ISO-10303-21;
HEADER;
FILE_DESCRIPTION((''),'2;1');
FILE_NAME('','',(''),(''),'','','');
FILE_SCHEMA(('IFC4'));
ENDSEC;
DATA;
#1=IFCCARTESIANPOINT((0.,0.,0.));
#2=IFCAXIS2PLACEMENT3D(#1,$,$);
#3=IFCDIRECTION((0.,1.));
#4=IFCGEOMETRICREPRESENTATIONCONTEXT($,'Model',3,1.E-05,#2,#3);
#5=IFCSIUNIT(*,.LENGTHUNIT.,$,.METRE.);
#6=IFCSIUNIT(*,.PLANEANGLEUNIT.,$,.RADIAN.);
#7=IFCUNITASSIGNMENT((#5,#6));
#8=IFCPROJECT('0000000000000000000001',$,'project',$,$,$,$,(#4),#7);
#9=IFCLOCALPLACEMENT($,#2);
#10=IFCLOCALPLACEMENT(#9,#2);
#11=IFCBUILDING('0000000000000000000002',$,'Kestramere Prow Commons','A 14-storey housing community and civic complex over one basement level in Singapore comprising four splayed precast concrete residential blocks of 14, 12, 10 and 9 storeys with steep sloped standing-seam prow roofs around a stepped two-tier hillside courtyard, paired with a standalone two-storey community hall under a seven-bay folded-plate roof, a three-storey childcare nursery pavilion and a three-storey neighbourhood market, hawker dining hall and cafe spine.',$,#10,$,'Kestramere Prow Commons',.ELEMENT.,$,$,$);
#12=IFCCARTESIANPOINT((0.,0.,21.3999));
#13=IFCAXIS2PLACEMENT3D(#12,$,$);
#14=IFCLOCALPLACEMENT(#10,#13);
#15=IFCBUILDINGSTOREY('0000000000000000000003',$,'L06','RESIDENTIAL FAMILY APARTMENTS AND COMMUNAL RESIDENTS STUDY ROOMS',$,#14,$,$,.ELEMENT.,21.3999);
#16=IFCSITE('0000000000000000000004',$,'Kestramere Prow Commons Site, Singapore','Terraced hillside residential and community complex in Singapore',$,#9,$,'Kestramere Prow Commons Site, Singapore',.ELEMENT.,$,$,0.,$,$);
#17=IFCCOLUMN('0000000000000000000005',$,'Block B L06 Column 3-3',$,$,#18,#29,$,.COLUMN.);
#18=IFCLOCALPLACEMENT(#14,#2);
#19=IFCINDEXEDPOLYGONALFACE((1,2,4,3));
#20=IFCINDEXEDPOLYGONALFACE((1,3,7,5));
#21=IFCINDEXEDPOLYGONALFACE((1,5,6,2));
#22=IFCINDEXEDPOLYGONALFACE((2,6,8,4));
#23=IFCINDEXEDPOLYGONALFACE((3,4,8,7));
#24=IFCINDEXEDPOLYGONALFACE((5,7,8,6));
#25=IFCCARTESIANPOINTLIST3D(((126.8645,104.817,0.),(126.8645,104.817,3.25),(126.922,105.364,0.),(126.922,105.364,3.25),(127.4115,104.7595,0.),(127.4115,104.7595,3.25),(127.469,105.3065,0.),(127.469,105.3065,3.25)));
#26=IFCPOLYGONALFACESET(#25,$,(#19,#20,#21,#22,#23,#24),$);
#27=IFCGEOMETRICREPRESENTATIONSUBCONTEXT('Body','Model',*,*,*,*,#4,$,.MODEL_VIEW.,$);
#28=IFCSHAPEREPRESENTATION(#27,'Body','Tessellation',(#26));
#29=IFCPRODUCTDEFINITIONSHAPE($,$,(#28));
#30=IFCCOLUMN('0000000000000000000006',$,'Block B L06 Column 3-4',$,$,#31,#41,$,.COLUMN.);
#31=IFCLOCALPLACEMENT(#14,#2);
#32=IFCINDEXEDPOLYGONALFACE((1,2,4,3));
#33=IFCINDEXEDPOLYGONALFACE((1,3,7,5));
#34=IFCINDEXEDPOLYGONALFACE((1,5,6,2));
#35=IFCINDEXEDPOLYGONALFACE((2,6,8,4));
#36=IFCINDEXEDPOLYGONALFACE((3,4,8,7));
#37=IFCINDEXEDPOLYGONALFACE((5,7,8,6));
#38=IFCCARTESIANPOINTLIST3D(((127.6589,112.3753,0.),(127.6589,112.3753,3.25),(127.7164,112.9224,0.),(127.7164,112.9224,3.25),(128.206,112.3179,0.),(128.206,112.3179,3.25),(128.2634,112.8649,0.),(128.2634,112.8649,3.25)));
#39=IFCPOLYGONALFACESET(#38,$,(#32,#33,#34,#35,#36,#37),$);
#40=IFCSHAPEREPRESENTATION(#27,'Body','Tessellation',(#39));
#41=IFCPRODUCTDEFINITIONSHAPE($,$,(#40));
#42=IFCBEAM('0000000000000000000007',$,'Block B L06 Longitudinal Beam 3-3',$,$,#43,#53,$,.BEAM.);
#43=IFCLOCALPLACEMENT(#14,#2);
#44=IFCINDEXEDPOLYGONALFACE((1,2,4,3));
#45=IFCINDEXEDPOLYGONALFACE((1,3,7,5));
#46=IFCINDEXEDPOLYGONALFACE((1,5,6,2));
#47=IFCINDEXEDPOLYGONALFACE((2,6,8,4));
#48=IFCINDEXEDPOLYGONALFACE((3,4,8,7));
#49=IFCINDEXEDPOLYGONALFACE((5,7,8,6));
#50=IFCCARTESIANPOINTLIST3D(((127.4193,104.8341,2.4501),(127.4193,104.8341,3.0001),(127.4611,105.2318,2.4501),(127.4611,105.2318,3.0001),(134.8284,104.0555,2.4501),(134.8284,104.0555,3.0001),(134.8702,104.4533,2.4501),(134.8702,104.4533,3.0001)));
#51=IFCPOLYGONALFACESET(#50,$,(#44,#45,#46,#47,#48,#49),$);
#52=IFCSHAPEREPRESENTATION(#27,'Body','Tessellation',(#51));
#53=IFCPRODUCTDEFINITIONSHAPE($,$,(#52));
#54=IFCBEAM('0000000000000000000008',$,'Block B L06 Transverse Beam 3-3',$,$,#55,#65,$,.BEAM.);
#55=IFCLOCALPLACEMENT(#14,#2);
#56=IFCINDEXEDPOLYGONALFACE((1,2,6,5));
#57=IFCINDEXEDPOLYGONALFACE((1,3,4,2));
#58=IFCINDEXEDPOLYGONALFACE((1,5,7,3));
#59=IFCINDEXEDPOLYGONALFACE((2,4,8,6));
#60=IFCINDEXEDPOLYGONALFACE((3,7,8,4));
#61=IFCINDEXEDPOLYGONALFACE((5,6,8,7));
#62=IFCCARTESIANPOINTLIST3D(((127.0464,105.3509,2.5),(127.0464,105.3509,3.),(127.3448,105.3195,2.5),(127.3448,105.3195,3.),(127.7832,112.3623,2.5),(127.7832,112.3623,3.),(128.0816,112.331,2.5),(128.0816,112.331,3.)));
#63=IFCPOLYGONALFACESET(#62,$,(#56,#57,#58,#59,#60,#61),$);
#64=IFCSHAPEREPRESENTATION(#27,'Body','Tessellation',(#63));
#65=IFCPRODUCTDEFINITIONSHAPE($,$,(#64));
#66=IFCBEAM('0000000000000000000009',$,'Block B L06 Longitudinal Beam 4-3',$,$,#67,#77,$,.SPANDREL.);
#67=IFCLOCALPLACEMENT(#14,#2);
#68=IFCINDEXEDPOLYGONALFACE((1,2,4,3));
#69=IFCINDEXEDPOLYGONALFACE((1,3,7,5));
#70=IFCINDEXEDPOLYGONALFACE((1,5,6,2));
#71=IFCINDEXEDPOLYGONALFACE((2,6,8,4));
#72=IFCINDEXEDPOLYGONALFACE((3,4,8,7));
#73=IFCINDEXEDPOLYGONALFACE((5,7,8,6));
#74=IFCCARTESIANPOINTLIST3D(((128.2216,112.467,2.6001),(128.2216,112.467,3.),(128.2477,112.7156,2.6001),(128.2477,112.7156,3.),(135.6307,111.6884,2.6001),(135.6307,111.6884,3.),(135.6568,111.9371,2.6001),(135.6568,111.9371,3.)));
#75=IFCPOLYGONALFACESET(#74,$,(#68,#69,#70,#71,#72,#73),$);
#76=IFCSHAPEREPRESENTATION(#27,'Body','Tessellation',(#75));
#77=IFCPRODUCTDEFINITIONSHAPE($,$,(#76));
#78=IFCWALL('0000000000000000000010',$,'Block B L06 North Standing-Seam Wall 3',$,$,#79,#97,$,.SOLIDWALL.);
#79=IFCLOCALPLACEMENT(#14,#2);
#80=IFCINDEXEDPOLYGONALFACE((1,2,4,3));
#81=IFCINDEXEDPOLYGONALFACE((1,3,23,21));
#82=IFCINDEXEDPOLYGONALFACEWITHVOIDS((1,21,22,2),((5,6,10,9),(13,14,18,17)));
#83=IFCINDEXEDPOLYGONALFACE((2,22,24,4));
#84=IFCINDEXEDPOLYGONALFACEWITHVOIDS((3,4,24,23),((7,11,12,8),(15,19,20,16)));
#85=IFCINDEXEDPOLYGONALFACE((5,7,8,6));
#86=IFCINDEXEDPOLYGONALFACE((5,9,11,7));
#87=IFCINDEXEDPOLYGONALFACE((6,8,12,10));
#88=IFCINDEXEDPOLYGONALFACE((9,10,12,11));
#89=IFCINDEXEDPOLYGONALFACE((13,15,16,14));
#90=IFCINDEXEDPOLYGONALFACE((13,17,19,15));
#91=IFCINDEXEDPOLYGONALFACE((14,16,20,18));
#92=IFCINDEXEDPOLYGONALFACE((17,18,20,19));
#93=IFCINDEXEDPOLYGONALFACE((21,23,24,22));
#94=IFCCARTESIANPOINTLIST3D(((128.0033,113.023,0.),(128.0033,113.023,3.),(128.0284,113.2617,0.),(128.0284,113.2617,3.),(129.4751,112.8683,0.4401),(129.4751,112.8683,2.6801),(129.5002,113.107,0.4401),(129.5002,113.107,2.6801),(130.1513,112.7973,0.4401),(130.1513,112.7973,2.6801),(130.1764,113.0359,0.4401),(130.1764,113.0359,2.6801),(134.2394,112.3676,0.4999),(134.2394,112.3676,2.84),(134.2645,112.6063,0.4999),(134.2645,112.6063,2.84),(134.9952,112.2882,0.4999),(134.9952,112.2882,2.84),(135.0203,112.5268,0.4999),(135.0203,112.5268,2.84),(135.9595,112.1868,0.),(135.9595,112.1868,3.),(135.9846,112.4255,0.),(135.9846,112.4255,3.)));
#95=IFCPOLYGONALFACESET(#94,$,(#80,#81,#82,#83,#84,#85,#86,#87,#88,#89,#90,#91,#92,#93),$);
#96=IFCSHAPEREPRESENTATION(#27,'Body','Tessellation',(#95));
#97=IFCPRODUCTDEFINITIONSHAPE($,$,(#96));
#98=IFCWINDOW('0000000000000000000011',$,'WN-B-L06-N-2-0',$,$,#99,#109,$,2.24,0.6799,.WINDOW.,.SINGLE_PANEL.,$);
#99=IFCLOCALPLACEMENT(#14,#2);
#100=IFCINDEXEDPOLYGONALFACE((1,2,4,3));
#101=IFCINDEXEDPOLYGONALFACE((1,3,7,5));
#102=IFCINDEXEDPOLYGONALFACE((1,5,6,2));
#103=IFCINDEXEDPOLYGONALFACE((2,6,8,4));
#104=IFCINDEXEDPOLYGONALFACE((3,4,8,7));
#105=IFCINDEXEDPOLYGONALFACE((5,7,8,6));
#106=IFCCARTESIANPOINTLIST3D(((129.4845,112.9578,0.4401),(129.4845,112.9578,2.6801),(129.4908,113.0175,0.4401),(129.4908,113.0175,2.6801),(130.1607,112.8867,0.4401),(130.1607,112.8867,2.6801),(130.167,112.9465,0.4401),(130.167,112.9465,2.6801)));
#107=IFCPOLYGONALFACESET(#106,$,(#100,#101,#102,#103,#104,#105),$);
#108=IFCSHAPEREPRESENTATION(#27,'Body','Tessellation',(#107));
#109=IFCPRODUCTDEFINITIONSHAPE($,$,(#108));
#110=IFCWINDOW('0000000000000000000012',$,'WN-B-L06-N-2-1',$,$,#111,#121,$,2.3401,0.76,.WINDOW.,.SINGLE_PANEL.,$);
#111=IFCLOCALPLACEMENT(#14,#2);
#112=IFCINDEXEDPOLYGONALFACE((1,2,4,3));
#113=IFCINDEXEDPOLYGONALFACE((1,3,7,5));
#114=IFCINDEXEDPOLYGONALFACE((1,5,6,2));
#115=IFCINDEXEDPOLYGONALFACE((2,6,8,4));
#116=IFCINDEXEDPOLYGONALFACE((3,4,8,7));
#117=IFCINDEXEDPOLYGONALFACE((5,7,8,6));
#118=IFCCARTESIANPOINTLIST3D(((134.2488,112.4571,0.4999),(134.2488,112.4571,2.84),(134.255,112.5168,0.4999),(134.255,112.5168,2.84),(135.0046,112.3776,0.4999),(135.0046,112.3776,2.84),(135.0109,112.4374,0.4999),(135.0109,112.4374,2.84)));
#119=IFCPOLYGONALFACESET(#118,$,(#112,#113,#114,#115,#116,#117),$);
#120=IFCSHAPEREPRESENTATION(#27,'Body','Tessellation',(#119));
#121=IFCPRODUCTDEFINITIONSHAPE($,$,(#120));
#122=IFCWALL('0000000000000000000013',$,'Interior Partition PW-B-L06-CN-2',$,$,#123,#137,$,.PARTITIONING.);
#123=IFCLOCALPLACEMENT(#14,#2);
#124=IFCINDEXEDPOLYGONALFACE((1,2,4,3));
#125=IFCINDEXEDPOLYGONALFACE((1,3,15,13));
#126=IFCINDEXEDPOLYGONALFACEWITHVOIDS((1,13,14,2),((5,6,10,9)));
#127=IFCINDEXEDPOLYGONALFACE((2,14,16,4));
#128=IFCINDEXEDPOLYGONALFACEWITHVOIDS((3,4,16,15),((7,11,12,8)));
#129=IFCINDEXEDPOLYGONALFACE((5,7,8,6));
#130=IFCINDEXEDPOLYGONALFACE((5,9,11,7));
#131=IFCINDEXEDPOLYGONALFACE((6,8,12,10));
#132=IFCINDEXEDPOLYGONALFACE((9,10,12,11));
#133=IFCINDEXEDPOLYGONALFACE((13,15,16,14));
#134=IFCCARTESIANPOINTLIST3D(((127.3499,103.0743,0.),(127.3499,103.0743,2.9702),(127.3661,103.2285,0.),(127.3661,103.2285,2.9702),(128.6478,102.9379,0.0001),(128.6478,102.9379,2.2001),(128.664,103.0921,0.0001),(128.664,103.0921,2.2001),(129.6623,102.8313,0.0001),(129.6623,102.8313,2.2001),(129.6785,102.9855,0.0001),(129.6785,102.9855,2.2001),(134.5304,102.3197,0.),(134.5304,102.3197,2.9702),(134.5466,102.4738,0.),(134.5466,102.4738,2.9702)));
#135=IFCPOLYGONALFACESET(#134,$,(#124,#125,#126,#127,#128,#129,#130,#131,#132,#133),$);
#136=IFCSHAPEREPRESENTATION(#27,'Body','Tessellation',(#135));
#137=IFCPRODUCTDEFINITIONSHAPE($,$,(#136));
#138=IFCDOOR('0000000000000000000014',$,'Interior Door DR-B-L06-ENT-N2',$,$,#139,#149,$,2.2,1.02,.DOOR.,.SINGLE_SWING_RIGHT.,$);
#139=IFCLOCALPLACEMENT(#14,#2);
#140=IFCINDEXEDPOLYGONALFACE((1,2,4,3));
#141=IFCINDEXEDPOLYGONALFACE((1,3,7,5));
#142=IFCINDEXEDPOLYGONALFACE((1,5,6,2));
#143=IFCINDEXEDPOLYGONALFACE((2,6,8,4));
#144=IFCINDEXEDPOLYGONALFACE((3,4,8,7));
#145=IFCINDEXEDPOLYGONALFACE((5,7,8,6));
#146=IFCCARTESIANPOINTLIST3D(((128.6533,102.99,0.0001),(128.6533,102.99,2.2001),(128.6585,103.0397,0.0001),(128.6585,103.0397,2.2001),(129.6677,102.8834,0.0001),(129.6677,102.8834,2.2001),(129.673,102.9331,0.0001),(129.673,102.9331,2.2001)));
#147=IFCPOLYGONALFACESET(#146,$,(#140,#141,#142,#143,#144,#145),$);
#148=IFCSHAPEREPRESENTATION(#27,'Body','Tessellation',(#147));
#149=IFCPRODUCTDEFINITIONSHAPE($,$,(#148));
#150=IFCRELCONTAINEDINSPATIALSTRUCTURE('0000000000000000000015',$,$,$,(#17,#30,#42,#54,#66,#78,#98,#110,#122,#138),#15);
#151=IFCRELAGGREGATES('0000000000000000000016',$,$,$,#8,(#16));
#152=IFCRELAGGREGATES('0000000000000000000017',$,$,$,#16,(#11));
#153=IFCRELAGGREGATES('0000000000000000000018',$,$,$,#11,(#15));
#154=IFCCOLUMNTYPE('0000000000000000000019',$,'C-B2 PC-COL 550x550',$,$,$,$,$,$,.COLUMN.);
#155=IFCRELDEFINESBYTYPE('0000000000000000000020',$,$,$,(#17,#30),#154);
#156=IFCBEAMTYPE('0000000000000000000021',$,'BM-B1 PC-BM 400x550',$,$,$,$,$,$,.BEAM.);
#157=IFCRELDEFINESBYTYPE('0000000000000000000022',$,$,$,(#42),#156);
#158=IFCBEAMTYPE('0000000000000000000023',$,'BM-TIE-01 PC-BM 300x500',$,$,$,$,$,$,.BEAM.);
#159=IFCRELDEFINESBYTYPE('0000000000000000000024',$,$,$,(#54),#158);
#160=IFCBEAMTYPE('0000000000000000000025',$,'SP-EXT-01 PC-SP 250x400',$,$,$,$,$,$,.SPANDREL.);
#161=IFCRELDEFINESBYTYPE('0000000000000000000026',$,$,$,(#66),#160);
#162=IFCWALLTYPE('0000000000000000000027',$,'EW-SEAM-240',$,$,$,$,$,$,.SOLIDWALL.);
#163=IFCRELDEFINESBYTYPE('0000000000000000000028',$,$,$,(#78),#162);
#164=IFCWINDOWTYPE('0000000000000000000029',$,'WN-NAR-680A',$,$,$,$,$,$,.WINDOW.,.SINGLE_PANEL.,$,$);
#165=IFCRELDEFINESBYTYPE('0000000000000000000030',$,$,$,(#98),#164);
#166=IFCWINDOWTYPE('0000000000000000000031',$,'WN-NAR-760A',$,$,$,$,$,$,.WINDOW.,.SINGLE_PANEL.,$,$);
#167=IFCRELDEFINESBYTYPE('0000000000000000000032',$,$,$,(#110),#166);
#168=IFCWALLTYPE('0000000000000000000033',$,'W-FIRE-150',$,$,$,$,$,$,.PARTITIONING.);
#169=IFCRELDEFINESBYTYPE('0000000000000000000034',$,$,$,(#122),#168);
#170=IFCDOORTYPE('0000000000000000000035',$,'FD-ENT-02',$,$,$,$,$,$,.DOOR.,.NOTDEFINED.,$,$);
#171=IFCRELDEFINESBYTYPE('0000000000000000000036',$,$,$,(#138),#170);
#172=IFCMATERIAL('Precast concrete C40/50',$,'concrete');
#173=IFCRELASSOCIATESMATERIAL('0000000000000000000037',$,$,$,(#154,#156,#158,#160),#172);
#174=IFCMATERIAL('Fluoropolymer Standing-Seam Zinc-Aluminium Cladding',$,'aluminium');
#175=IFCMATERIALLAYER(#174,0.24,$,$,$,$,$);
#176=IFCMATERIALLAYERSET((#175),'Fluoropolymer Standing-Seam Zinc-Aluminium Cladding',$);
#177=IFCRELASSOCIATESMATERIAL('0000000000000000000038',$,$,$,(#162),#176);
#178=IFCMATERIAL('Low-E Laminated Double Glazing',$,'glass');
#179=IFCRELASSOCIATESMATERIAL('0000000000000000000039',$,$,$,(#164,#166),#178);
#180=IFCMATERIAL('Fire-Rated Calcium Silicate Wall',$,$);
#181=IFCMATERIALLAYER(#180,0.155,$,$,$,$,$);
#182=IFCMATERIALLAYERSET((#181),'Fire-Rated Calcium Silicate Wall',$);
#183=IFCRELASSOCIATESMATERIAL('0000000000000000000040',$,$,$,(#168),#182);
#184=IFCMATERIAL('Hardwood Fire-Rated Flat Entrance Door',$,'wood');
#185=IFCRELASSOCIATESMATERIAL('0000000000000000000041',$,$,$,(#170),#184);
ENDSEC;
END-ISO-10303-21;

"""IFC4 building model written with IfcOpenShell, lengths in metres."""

from ifc_helpers import new_model, si_unit, direction, frame, frame_2d, origin, origin_2d, place, context, subcontext, project, spatial, rectangle, extrude, material, layer, layer_set, material_profile, profile_set, type_object, element, fill, save


model = new_model("IFC4")

# Units and contexts
model_context = context("Model", 3, precision=1e-05, world=origin(), true_north=direction((0.0, 1.0)))
body_context = subcontext(model_context, "Body", "Model", "MODEL_VIEW")
ifc_project = project(units=[si_unit("LENGTHUNIT", "METRE"), si_unit("PLANEANGLEUNIT", "RADIAN")], contexts=[model_context])

# Site, building, storey
site_placement = place(None, origin())
site = spatial("IfcSite", under=ifc_project, at=site_placement, Name="Kestramere Prow Commons Site, Singapore", Description="Terraced hillside residential and community complex in Singapore", LongName="Kestramere Prow Commons Site, Singapore", CompositionType="ELEMENT", RefElevation=0.0)
building_placement = place(site_placement, origin())
building = spatial("IfcBuilding", under=site, at=building_placement, Name="Kestramere Prow Commons", Description="A 14-storey housing community and civic complex over one basement level in Singapore comprising four splayed precast concrete residential blocks of 14, 12, 10 and 9 storeys with steep sloped standing-seam prow roofs around a stepped two-tier hillside courtyard, paired with a standalone two-storey community hall under a seven-bay folded-plate roof, a three-storey childcare nursery pavilion and a three-storey neighbourhood market, hawker dining hall and cafe spine.", LongName="Kestramere Prow Commons", CompositionType="ELEMENT")
storey_placement = place(building_placement, frame((0.0, 0.0, 21.3999)))
storey = spatial("IfcBuildingStorey", under=building, at=storey_placement, Name="L06", Description="RESIDENTIAL FAMILY APARTMENTS AND COMMUNAL RESIDENTS STUDY ROOMS", CompositionType="ELEMENT", Elevation=21.3999)

# Columns
ifc_material_1 = material(Name="Precast concrete C40/50", Category="concrete")
ifc_material_profile_1 = material_profile(ifc_material_1, rectangle(XDim=0.55, YDim=0.55, at=origin_2d()), Name="PC-COL 550x550")
ifc_profile_set_1 = profile_set([ifc_material_profile_1], Name="Precast concrete C40/50")
column_type = type_object("IfcColumnType", Name="C-B2 PC-COL 550x550", PredefinedType="COLUMN", material=ifc_profile_set_1)
for number, where, z_axis, x_axis, name in (
    (1, (127.1667, 105.0618, 0.0), (0.0, 0.0, 1.0), (0.994522, -0.104528, 0.0), "Block B L06 Column 3-3"),
    (2, (127.9612, 112.6201, 0.0), (0.0, 0.0, 1.0), (0.994522, -0.104528, 0.0), "Block B L06 Column 3-4"),
):
    element("IfcColumn", number, at=place(storey_placement, frame(where, z_axis=z_axis, x_axis=x_axis)), inside=storey, type_object=column_type, Name=name, PredefinedType="COLUMN", context=body_context, shape_type="SweptSolid", body=[
        extrude(rectangle(XDim=0.55, YDim=0.55, at=origin_2d()), origin(), (0.0, 0.0, 1.0), 3.25),
    ])

# Beams
ifc_material_profile_2 = material_profile(ifc_material_1, rectangle(XDim=0.3999, YDim=0.55, at=origin_2d()), Name="PC-BM 400x550")
ifc_profile_set_2 = profile_set([ifc_material_profile_2], Name="Precast concrete C40/50")
beam_type_1 = type_object("IfcBeamType", Name="BM-B1 PC-BM 400x550", PredefinedType="BEAM", material=ifc_profile_set_2)
beam_1_placement = place(storey_placement, frame((127.4402, 105.033, 2.7251), z_axis=(0.994524, -0.104506, 0.0), x_axis=(0.104506, 0.994524, 0.0)))
element("IfcBeam", 3, at=beam_1_placement, inside=storey, type_object=beam_type_1, Name="Block B L06 Longitudinal Beam 3-3", PredefinedType="BEAM", context=body_context, shape_type="SweptSolid", body=[
    extrude(rectangle(XDim=0.3999, YDim=0.55, at=origin_2d()), origin(), (0.0, 0.0, 1.0), 7.45),
])
ifc_material_profile_3 = material_profile(ifc_material_1, rectangle(XDim=0.3, YDim=0.5, at=origin_2d()), Name="PC-BM 300x500")
ifc_profile_set_3 = profile_set([ifc_material_profile_3], Name="Precast concrete C40/50")
beam_type_2 = type_object("IfcBeamType", Name="BM-TIE-01 PC-BM 300x500", PredefinedType="BEAM", material=ifc_profile_set_3)
beam_2_placement = place(storey_placement, frame((127.1956, 105.3352, 2.75), z_axis=(0.104512, 0.994524, 0.0), x_axis=(-0.994524, 0.104512, 0.0)))
element("IfcBeam", 4, at=beam_2_placement, inside=storey, type_object=beam_type_2, Name="Block B L06 Transverse Beam 3-3", PredefinedType="BEAM", context=body_context, shape_type="SweptSolid", body=[
    extrude(rectangle(XDim=0.3, YDim=0.5, at=origin_2d()), origin(), (0.0, 0.0, 1.0), 7.05),
])
ifc_material_profile_4 = material_profile(ifc_material_1, rectangle(XDim=0.25, YDim=0.3999, at=origin_2d()), Name="PC-SP 250x400")
ifc_profile_set_4 = profile_set([ifc_material_profile_4], Name="Precast concrete C40/50")
beam_type_3 = type_object("IfcBeamType", Name="SP-EXT-01 PC-SP 250x400", PredefinedType="SPANDREL", material=ifc_profile_set_4)
beam_3_placement = place(storey_placement, frame((128.2346, 112.5913, 2.8), z_axis=(0.994524, -0.104506, 0.0), x_axis=(0.104506, 0.994524, 0.0)))
element("IfcBeam", 5, at=beam_3_placement, inside=storey, type_object=beam_type_3, Name="Block B L06 Longitudinal Beam 4-3", PredefinedType="SPANDREL", context=body_context, shape_type="SweptSolid", body=[
    extrude(rectangle(XDim=0.25, YDim=0.3999, at=origin_2d()), origin(), (0.0, 0.0, 1.0), 7.45),
])

# Wall, openings, windows
ifc_material_2 = material(Name="Fluoropolymer Standing-Seam Zinc-Aluminium Cladding", Category="aluminium")
ifc_layer_1 = layer(ifc_material_2, 0.24)
ifc_layer_set_1 = layer_set([ifc_layer_1], Name="Fluoropolymer Standing-Seam Zinc-Aluminium Cladding")
wall_type_1 = type_object("IfcWallType", Name="EW-SEAM-240", PredefinedType="SOLIDWALL", material=ifc_layer_set_1)
wall_1_placement = place(storey_placement, frame((128.0159, 113.1423, 0.0), z_axis=(0.0, 0.0, 1.0), x_axis=(0.994523, -0.104521, 0.0)))
wall_1 = element("IfcWall", 6, at=wall_1_placement, inside=storey, type_object=wall_type_1, Name="Block B L06 North Standing-Seam Wall 3", PredefinedType="SOLIDWALL", context=body_context, shape_type="SweptSolid", body=[
    extrude(rectangle(XDim=8.0, YDim=0.24, at=frame_2d((4.0, 0.0))), origin(), (0.0, 0.0, 1.0), 3.0),
])
opening_1_placement = place(wall_1_placement, frame((1.48, 0.0, 0.4399)))
opening_1 = element("IfcOpeningElement", 7, at=opening_1_placement, cuts=wall_1, PredefinedType="OPENING", context=body_context, shape_type="SweptSolid", body=[
    extrude(rectangle(XDim=0.6799, YDim=2.24, at=frame_2d((0.3398, 1.1201))), frame((0.0, 0.135, 0.0), z_axis=(0.0, -1.0, 0.0), x_axis=(1.0, 0.0, 0.0)), (0.0, 0.0, 1.0), 0.27),
])
opening_2_placement = place(wall_1_placement, frame((6.2705, 0.0, 0.5)))
opening_2 = element("IfcOpeningElement", 8, at=opening_2_placement, cuts=wall_1, PredefinedType="OPENING", context=body_context, shape_type="SweptSolid", body=[
    extrude(rectangle(XDim=0.76, YDim=2.3401, at=frame_2d((0.3799, 1.1699))), frame((0.0, 0.135, 0.0), z_axis=(0.0, -1.0, 0.0), x_axis=(1.0, 0.0, 0.0)), (0.0, 0.0, 1.0), 0.27),
])
ifc_material_3 = material(Name="Low-E Laminated Double Glazing", Category="glass")
window_type_1 = type_object("IfcWindowType", Name="WN-NAR-680A", PartitioningType="SINGLE_PANEL", PredefinedType="WINDOW", material=ifc_material_3)
window_1_placement = place(opening_1_placement, origin())
window_1 = element("IfcWindow", 9, at=window_1_placement, inside=storey, type_object=window_type_1, Name="WN-B-L06-N-2-0", OverallHeight=2.24, OverallWidth=0.6799, PartitioningType="SINGLE_PANEL", PredefinedType="WINDOW", context=body_context, shape_type="SweptSolid", body=[
    extrude(rectangle(XDim=0.6799, YDim=2.24, at=frame_2d((0.3398, 1.1201))), frame((0.0, 0.03, 0.0), z_axis=(0.0, -1.0, 0.0), x_axis=(1.0, 0.0, 0.0)), (0.0, 0.0, 1.0), 0.0601),
])
fill(opening_1, window_1)
window_type_2 = type_object("IfcWindowType", Name="WN-NAR-760A", PartitioningType="SINGLE_PANEL", PredefinedType="WINDOW", material=ifc_material_3)
window_2_placement = place(opening_2_placement, origin())
window_2 = element("IfcWindow", 10, at=window_2_placement, inside=storey, type_object=window_type_2, Name="WN-B-L06-N-2-1", OverallHeight=2.3401, OverallWidth=0.76, PartitioningType="SINGLE_PANEL", PredefinedType="WINDOW", context=body_context, shape_type="SweptSolid", body=[
    extrude(rectangle(XDim=0.76, YDim=2.3401, at=frame_2d((0.3799, 1.1699))), frame((0.0, 0.03, 0.0), z_axis=(0.0, -1.0, 0.0), x_axis=(1.0, 0.0, 0.0)), (0.0, 0.0, 1.0), 0.0601),
])
fill(opening_2, window_2)

# Wall, opening, door
ifc_material_4 = material(Name="Fire-Rated Calcium Silicate Wall")
ifc_layer_2 = layer(ifc_material_4, 0.155)
ifc_layer_set_2 = layer_set([ifc_layer_2], Name="Fire-Rated Calcium Silicate Wall")
wall_type_2 = type_object("IfcWallType", Name="W-FIRE-150", PredefinedType="PARTITIONING", material=ifc_layer_set_2)
wall_2_placement = place(storey_placement, frame((127.3582, 103.1514, 0.0), z_axis=(0.0, 0.0, 1.0), x_axis=(0.994523, -0.104521, 0.0)))
wall_2 = element("IfcWall", 11, at=wall_2_placement, inside=storey, type_object=wall_type_2, Name="Interior Partition PW-B-L06-CN-2", PredefinedType="PARTITIONING", context=body_context, shape_type="SweptSolid", body=[
    extrude(rectangle(XDim=7.22, YDim=0.155, at=frame_2d((3.6099, 0.0))), origin(), (0.0, 0.0, 1.0), 2.9702),
])
opening_3_placement = place(wall_2_placement, frame((1.3049, 0.0, 0.0)))
opening_3 = element("IfcOpeningElement", 12, at=opening_3_placement, cuts=wall_2, PredefinedType="OPENING", context=body_context, shape_type="SweptSolid", body=[
    extrude(rectangle(XDim=1.02, YDim=2.2, at=frame_2d((0.51, 1.1001))), frame((0.0, 0.0925, 0.0), z_axis=(0.0, -1.0, 0.0), x_axis=(1.0, 0.0, 0.0)), (0.0, 0.0, 1.0), 0.1851),
])
ifc_material_5 = material(Name="Hardwood Fire-Rated Flat Entrance Door", Category="wood")
door_type_1 = type_object("IfcDoorType", Name="FD-ENT-02", OperationType="NOTDEFINED", PredefinedType="DOOR", material=ifc_material_5)
door_1_placement = place(opening_3_placement, origin())
door_1 = element("IfcDoor", 13, at=door_1_placement, inside=storey, type_object=door_type_1, Name="Interior Door DR-B-L06-ENT-N2", OperationType="SINGLE_SWING_RIGHT", OverallHeight=2.2, OverallWidth=1.02, PredefinedType="DOOR", context=body_context, shape_type="SweptSolid", body=[
    extrude(rectangle(XDim=1.02, YDim=2.2, at=frame_2d((0.51, 1.1001))), frame((0.0, 0.0249, 0.0), z_axis=(0.0, -1.0, 0.0), x_axis=(1.0, 0.0, 0.0)), (0.0, 0.0, 1.0), 0.05),
])
fill(opening_3, door_1)

save(model, "model.ifc")
